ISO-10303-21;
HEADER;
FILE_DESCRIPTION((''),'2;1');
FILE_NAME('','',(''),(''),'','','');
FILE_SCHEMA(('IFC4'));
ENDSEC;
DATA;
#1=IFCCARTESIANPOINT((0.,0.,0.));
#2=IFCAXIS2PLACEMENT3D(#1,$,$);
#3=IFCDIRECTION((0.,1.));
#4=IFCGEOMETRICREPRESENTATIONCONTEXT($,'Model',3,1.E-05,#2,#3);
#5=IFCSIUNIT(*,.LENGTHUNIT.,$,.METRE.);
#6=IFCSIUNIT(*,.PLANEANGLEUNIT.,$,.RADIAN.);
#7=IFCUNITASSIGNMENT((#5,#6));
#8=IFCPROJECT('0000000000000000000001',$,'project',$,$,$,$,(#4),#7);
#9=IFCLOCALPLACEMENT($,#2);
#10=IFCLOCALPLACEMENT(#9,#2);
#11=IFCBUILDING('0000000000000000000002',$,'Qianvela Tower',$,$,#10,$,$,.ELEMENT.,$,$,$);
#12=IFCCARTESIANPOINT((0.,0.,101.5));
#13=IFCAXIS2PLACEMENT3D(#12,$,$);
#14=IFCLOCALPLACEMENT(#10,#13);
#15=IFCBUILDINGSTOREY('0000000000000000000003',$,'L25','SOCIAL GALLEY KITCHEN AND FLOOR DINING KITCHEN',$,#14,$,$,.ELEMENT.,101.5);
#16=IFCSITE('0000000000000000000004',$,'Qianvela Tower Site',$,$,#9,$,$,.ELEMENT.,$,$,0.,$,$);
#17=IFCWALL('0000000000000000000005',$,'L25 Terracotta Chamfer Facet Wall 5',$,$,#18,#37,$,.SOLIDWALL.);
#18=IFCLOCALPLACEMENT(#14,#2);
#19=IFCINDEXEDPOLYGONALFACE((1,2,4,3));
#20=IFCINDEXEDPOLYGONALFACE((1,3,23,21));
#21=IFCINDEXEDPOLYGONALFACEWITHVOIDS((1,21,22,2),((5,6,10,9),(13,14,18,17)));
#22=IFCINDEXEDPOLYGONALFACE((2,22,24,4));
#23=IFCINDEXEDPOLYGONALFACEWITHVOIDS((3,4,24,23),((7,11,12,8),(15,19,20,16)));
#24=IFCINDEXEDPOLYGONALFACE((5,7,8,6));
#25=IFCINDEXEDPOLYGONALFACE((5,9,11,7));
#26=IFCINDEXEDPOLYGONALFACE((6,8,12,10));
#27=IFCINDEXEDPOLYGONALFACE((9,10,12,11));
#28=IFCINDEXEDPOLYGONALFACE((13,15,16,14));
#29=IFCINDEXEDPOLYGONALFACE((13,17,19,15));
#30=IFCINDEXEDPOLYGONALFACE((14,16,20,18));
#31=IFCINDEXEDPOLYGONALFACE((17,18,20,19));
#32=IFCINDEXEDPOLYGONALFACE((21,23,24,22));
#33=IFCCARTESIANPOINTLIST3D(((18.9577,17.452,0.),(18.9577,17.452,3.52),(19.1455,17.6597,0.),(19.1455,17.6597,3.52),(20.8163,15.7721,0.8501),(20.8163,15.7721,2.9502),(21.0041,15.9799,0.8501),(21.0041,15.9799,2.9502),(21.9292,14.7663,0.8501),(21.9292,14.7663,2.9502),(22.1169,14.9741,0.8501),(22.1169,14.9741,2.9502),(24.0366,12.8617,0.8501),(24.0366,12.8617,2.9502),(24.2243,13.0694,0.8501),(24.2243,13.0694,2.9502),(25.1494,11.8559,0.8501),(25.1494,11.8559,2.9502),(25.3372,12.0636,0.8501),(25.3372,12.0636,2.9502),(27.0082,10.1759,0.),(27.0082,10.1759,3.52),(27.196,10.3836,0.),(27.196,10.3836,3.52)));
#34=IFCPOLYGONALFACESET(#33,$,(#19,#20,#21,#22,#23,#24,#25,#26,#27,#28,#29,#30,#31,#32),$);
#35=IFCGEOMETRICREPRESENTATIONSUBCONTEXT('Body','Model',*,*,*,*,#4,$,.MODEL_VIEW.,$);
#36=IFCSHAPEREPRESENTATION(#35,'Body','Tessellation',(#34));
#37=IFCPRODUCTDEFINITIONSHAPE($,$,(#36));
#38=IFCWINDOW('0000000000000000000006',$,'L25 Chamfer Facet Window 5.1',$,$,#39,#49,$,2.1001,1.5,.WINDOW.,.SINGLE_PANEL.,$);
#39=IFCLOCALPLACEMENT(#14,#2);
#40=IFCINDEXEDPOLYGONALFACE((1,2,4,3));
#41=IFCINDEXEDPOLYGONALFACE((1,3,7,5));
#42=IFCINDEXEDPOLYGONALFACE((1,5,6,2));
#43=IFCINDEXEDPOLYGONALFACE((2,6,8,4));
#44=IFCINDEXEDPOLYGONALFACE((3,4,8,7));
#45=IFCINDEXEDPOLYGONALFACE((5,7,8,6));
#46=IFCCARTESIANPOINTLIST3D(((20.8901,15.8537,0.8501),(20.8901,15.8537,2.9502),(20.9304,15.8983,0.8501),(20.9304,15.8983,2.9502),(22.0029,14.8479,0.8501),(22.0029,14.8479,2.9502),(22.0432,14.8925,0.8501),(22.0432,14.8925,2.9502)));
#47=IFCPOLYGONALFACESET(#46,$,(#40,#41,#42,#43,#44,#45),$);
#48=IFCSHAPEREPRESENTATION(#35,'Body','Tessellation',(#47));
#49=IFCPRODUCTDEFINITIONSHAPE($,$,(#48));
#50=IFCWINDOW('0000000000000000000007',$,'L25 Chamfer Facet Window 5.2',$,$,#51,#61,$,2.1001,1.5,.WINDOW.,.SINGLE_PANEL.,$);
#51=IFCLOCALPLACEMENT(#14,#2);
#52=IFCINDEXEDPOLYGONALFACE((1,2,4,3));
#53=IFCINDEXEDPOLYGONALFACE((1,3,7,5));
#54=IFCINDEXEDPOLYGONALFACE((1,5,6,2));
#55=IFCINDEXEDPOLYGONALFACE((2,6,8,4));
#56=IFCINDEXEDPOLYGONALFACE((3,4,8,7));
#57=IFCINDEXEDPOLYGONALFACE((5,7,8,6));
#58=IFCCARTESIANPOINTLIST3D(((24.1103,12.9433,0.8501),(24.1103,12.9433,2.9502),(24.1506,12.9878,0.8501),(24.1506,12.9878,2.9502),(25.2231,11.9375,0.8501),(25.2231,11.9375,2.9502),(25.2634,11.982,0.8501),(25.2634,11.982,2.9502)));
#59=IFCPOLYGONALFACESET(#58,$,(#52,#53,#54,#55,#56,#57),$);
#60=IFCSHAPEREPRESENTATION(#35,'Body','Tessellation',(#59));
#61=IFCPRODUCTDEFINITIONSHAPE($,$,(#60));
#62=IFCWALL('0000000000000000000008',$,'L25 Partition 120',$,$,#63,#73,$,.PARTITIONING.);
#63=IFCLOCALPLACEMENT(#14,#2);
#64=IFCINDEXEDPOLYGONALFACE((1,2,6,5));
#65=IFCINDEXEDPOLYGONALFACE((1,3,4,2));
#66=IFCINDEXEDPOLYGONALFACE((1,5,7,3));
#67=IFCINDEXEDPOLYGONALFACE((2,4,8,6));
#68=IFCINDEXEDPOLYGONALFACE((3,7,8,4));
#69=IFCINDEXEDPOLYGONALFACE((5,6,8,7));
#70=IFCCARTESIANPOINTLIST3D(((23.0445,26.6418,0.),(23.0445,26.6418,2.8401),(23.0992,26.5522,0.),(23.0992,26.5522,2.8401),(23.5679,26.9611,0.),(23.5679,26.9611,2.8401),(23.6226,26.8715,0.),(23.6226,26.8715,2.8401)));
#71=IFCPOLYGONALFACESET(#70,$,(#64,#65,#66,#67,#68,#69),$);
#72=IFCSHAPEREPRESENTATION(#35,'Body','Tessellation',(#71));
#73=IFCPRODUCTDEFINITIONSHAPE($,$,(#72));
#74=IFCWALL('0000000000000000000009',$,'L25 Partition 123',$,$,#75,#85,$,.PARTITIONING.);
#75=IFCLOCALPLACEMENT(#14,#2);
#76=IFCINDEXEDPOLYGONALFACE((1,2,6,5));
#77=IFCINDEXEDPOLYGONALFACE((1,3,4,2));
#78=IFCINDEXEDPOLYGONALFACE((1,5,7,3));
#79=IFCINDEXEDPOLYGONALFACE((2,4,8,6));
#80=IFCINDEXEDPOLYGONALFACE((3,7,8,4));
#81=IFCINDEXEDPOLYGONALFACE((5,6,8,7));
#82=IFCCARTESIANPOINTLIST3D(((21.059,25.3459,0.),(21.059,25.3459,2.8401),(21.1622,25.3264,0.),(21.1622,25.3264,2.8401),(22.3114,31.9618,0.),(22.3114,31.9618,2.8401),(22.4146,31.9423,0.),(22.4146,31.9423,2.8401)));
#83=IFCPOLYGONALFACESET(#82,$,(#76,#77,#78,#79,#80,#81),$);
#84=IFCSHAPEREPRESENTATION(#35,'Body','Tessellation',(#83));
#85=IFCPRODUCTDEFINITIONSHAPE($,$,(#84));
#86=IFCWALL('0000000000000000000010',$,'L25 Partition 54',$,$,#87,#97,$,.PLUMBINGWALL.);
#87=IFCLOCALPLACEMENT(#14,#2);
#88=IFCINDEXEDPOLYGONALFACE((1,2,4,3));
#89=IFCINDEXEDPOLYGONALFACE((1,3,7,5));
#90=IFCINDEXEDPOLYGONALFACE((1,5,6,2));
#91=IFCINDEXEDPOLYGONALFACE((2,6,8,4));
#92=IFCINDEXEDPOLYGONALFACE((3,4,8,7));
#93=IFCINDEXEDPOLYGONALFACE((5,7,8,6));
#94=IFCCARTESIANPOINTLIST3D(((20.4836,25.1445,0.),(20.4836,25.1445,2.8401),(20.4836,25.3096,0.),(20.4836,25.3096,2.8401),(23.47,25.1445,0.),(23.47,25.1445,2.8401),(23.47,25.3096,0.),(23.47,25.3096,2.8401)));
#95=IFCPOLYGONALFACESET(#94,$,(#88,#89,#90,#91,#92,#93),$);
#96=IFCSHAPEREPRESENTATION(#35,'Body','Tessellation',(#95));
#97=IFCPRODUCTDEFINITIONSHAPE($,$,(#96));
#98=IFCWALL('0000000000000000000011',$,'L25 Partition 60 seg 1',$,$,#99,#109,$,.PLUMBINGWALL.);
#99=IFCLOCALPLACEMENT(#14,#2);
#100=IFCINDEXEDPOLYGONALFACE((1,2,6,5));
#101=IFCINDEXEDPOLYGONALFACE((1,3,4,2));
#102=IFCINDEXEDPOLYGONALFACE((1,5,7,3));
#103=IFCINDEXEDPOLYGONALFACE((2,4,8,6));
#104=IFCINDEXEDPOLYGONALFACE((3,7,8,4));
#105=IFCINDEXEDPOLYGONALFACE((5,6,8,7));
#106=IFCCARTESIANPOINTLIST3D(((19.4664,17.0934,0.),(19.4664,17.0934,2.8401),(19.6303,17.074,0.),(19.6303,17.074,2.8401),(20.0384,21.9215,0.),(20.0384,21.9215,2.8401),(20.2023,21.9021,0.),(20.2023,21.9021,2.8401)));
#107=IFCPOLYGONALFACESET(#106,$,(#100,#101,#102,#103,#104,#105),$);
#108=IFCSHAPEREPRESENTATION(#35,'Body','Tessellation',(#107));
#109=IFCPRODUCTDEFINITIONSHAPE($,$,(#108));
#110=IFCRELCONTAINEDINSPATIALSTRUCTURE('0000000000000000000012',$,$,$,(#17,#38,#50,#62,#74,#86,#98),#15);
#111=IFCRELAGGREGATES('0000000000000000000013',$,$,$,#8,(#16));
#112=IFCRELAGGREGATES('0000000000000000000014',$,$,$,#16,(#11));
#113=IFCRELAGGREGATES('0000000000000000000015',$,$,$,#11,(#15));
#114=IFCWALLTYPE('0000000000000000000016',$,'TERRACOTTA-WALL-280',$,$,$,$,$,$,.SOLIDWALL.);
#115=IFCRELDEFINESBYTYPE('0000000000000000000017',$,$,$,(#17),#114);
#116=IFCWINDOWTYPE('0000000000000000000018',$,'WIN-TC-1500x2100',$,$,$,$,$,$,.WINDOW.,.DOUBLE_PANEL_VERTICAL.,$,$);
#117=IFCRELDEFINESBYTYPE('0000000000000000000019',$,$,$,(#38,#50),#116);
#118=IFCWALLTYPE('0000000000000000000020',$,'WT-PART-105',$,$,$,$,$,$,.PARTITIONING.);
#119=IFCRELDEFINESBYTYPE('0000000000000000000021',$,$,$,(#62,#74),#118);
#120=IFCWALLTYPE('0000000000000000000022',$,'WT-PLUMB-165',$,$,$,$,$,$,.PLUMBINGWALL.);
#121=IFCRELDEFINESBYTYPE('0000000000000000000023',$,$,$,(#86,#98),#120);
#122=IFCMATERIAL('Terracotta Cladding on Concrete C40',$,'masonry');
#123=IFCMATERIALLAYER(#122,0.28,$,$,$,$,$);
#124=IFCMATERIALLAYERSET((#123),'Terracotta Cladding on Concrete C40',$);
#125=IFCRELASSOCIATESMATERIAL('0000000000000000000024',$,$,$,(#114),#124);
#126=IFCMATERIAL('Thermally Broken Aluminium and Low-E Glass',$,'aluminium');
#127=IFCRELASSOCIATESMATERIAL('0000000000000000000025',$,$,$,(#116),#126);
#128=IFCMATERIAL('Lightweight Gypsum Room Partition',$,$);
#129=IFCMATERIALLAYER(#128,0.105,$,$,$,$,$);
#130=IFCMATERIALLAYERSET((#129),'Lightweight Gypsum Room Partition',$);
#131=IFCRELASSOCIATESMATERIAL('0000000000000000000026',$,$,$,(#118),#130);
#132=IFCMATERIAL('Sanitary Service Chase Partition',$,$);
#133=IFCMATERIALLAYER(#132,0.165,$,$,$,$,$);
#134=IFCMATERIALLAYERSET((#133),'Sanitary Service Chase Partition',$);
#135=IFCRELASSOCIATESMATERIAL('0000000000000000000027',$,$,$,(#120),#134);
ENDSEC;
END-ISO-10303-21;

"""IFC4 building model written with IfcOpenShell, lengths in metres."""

from ifc_helpers import new_model, si_unit, direction, frame, frame_2d, origin, place, context, subcontext, project, spatial, rectangle, extrude, material, layer, layer_set, type_object, element, fill, save


model = new_model("IFC4")

# Units and contexts
model_context = context("Model", 3, precision=1e-05, world=origin(), true_north=direction((0.0, 1.0)))
body_context = subcontext(model_context, "Body", "Model", "MODEL_VIEW")
ifc_project = project(units=[si_unit("LENGTHUNIT", "METRE"), si_unit("PLANEANGLEUNIT", "RADIAN")], contexts=[model_context])

# Site, building, storey
site_placement = place(None, origin())
site = spatial("IfcSite", under=ifc_project, at=site_placement, Name="Qianvela Tower Site", CompositionType="ELEMENT", RefElevation=0.0)
building_placement = place(site_placement, origin())
building = spatial("IfcBuilding", under=site, at=building_placement, Name="Qianvela Tower", CompositionType="ELEMENT")
storey_placement = place(building_placement, frame((0.0, 0.0, 101.5)))
storey = spatial("IfcBuildingStorey", under=building, at=storey_placement, Name="L25", Description="SOCIAL GALLEY KITCHEN AND FLOOR DINING KITCHEN", CompositionType="ELEMENT", Elevation=101.5)

# Wall, openings, windows
ifc_material_1 = material(Name="Terracotta Cladding on Concrete C40", Category="masonry")
ifc_layer_1 = layer(ifc_material_1, 0.28)
ifc_layer_set_1 = layer_set([ifc_layer_1], Name="Terracotta Cladding on Concrete C40")
wall_type_1 = type_object("IfcWallType", Name="TERRACOTTA-WALL-280", PredefinedType="SOLIDWALL", material=ifc_layer_set_1)
wall_1_placement = place(storey_placement, frame((19.0515, 17.5559, 0.0), z_axis=(0.0, 0.0, 1.0), x_axis=(0.741889, -0.670523, 0.0)))
wall_1 = element("IfcWall", 1, at=wall_1_placement, inside=storey, type_object=wall_type_1, Name="L25 Terracotta Chamfer Facet Wall 5", PredefinedType="SOLIDWALL", context=body_context, shape_type="SweptSolid", body=[
    extrude(rectangle(XDim=10.8513, YDim=0.28, at=frame_2d((5.4258, 0.0))), origin(), (0.0, 0.0, 1.0), 3.52),
])
opening_1_placement = place(wall_1_placement, frame((2.5054, 0.0, 0.8501)))
opening_1 = element("IfcOpeningElement", 2, at=opening_1_placement, cuts=wall_1, PredefinedType="OPENING", context=body_context, shape_type="SweptSolid", body=[
    extrude(rectangle(XDim=1.5, YDim=2.1001, at=frame_2d((0.75, 1.05))), frame((0.0, 0.1499, 0.0), z_axis=(0.0, -1.0, 0.0), x_axis=(1.0, 0.0, 0.0)), (0.0, 0.0, 1.0), 0.3),
])
opening_2_placement = place(wall_1_placement, frame((6.8459, 0.0, 0.8501)))
opening_2 = element("IfcOpeningElement", 3, at=opening_2_placement, cuts=wall_1, PredefinedType="OPENING", context=body_context, shape_type="SweptSolid", body=[
    extrude(rectangle(XDim=1.5, YDim=2.1001, at=frame_2d((0.75, 1.05))), frame((0.0, 0.1499, 0.0), z_axis=(0.0, -1.0, 0.0), x_axis=(1.0, 0.0, 0.0)), (0.0, 0.0, 1.0), 0.3),
])
ifc_material_2 = material(Name="Thermally Broken Aluminium and Low-E Glass", Category="aluminium")
window_type = type_object("IfcWindowType", Name="WIN-TC-1500x2100", PartitioningType="DOUBLE_PANEL_VERTICAL", PredefinedType="WINDOW", material=ifc_material_2)
window_1_placement = place(opening_1_placement, origin())
window_1 = element("IfcWindow", 4, at=window_1_placement, inside=storey, type_object=window_type, Name="L25 Chamfer Facet Window 5.1", OverallHeight=2.1001, OverallWidth=1.5, PartitioningType="SINGLE_PANEL", PredefinedType="WINDOW", context=body_context, shape_type="SweptSolid", body=[
    extrude(rectangle(XDim=1.5, YDim=2.1001, at=frame_2d((0.75, 1.05))), frame((0.0, 0.03, 0.0), z_axis=(0.0, -1.0, 0.0), x_axis=(1.0, 0.0, 0.0)), (0.0, 0.0, 1.0), 0.0601),
])
fill(opening_1, window_1)
window_2_placement = place(opening_2_placement, origin())
window_2 = element("IfcWindow", 5, at=window_2_placement, inside=storey, type_object=window_type, Name="L25 Chamfer Facet Window 5.2", OverallHeight=2.1001, OverallWidth=1.5, PartitioningType="SINGLE_PANEL", PredefinedType="WINDOW", context=body_context, shape_type="SweptSolid", body=[
    extrude(rectangle(XDim=1.5, YDim=2.1001, at=frame_2d((0.75, 1.05))), frame((0.0, 0.03, 0.0), z_axis=(0.0, -1.0, 0.0), x_axis=(1.0, 0.0, 0.0)), (0.0, 0.0, 1.0), 0.0601),
])
fill(opening_2, window_2)

# Walls
ifc_material_3 = material(Name="Lightweight Gypsum Room Partition")
ifc_layer_2 = layer(ifc_material_3, 0.105)
ifc_layer_set_2 = layer_set([ifc_layer_2], Name="Lightweight Gypsum Room Partition")
wall_type_2 = type_object("IfcWallType", Name="WT-PART-105", PredefinedType="PARTITIONING", material=ifc_layer_set_2)
wall_2_placement = place(storey_placement, frame((23.0718, 26.5969, 0.0), z_axis=(0.0, 0.0, 1.0), x_axis=(0.853675, 0.520806, 0.0)))
element("IfcWall", 6, at=wall_2_placement, inside=storey, type_object=wall_type_2, Name="L25 Partition 120", PredefinedType="PARTITIONING", context=body_context, shape_type="SweptSolid", body=[
    extrude(rectangle(XDim=0.613, YDim=0.105, at=frame_2d((0.3066, 0.0))), origin(), (0.0, 0.0, 1.0), 2.8401),
])
wall_3_placement = place(storey_placement, frame((21.1106, 25.3362, 0.0), z_axis=(0.0, 0.0, 1.0), x_axis=(0.186002, 0.982549, 0.0)))
element("IfcWall", 7, at=wall_3_placement, inside=storey, type_object=wall_type_2, Name="L25 Partition 123", PredefinedType="PARTITIONING", context=body_context, shape_type="SweptSolid", body=[
    extrude(rectangle(XDim=6.7334, YDim=0.105, at=frame_2d((3.3667, 0.0))), origin(), (0.0, 0.0, 1.0), 2.8401),
])
ifc_material_4 = material(Name="Sanitary Service Chase Partition")
ifc_layer_3 = layer(ifc_material_4, 0.165)
ifc_layer_set_3 = layer_set([ifc_layer_3], Name="Sanitary Service Chase Partition")
wall_type_3 = type_object("IfcWallType", Name="WT-PLUMB-165", PredefinedType="PLUMBINGWALL", material=ifc_layer_set_3)
wall_4_placement = place(storey_placement, frame((20.4836, 25.2271, 0.0), z_axis=(0.0, 0.0, 1.0), x_axis=(1.0, 0.0, 0.0)))
element("IfcWall", 8, at=wall_4_placement, inside=storey, type_object=wall_type_3, Name="L25 Partition 54", PredefinedType="PLUMBINGWALL", context=body_context, shape_type="SweptSolid", body=[
    extrude(rectangle(XDim=2.9863, YDim=0.165, at=frame_2d((1.4932, 0.0))), origin(), (0.0, 0.0, 1.0), 2.8401),
])
wall_5_placement = place(storey_placement, frame((19.5483, 17.0837, 0.0), z_axis=(0.0, 0.0, 1.0), x_axis=(0.117654, 0.993055, 0.0)))
element("IfcWall", 9, at=wall_5_placement, inside=storey, type_object=wall_type_3, Name="L25 Partition 60 seg 1", PredefinedType="PLUMBINGWALL", context=body_context, shape_type="SweptSolid", body=[
    extrude(rectangle(XDim=4.8618, YDim=0.165, at=frame_2d((2.4309, 0.0))), origin(), (0.0, 0.0, 1.0), 2.8401),
])

save(model, "model.ifc")
